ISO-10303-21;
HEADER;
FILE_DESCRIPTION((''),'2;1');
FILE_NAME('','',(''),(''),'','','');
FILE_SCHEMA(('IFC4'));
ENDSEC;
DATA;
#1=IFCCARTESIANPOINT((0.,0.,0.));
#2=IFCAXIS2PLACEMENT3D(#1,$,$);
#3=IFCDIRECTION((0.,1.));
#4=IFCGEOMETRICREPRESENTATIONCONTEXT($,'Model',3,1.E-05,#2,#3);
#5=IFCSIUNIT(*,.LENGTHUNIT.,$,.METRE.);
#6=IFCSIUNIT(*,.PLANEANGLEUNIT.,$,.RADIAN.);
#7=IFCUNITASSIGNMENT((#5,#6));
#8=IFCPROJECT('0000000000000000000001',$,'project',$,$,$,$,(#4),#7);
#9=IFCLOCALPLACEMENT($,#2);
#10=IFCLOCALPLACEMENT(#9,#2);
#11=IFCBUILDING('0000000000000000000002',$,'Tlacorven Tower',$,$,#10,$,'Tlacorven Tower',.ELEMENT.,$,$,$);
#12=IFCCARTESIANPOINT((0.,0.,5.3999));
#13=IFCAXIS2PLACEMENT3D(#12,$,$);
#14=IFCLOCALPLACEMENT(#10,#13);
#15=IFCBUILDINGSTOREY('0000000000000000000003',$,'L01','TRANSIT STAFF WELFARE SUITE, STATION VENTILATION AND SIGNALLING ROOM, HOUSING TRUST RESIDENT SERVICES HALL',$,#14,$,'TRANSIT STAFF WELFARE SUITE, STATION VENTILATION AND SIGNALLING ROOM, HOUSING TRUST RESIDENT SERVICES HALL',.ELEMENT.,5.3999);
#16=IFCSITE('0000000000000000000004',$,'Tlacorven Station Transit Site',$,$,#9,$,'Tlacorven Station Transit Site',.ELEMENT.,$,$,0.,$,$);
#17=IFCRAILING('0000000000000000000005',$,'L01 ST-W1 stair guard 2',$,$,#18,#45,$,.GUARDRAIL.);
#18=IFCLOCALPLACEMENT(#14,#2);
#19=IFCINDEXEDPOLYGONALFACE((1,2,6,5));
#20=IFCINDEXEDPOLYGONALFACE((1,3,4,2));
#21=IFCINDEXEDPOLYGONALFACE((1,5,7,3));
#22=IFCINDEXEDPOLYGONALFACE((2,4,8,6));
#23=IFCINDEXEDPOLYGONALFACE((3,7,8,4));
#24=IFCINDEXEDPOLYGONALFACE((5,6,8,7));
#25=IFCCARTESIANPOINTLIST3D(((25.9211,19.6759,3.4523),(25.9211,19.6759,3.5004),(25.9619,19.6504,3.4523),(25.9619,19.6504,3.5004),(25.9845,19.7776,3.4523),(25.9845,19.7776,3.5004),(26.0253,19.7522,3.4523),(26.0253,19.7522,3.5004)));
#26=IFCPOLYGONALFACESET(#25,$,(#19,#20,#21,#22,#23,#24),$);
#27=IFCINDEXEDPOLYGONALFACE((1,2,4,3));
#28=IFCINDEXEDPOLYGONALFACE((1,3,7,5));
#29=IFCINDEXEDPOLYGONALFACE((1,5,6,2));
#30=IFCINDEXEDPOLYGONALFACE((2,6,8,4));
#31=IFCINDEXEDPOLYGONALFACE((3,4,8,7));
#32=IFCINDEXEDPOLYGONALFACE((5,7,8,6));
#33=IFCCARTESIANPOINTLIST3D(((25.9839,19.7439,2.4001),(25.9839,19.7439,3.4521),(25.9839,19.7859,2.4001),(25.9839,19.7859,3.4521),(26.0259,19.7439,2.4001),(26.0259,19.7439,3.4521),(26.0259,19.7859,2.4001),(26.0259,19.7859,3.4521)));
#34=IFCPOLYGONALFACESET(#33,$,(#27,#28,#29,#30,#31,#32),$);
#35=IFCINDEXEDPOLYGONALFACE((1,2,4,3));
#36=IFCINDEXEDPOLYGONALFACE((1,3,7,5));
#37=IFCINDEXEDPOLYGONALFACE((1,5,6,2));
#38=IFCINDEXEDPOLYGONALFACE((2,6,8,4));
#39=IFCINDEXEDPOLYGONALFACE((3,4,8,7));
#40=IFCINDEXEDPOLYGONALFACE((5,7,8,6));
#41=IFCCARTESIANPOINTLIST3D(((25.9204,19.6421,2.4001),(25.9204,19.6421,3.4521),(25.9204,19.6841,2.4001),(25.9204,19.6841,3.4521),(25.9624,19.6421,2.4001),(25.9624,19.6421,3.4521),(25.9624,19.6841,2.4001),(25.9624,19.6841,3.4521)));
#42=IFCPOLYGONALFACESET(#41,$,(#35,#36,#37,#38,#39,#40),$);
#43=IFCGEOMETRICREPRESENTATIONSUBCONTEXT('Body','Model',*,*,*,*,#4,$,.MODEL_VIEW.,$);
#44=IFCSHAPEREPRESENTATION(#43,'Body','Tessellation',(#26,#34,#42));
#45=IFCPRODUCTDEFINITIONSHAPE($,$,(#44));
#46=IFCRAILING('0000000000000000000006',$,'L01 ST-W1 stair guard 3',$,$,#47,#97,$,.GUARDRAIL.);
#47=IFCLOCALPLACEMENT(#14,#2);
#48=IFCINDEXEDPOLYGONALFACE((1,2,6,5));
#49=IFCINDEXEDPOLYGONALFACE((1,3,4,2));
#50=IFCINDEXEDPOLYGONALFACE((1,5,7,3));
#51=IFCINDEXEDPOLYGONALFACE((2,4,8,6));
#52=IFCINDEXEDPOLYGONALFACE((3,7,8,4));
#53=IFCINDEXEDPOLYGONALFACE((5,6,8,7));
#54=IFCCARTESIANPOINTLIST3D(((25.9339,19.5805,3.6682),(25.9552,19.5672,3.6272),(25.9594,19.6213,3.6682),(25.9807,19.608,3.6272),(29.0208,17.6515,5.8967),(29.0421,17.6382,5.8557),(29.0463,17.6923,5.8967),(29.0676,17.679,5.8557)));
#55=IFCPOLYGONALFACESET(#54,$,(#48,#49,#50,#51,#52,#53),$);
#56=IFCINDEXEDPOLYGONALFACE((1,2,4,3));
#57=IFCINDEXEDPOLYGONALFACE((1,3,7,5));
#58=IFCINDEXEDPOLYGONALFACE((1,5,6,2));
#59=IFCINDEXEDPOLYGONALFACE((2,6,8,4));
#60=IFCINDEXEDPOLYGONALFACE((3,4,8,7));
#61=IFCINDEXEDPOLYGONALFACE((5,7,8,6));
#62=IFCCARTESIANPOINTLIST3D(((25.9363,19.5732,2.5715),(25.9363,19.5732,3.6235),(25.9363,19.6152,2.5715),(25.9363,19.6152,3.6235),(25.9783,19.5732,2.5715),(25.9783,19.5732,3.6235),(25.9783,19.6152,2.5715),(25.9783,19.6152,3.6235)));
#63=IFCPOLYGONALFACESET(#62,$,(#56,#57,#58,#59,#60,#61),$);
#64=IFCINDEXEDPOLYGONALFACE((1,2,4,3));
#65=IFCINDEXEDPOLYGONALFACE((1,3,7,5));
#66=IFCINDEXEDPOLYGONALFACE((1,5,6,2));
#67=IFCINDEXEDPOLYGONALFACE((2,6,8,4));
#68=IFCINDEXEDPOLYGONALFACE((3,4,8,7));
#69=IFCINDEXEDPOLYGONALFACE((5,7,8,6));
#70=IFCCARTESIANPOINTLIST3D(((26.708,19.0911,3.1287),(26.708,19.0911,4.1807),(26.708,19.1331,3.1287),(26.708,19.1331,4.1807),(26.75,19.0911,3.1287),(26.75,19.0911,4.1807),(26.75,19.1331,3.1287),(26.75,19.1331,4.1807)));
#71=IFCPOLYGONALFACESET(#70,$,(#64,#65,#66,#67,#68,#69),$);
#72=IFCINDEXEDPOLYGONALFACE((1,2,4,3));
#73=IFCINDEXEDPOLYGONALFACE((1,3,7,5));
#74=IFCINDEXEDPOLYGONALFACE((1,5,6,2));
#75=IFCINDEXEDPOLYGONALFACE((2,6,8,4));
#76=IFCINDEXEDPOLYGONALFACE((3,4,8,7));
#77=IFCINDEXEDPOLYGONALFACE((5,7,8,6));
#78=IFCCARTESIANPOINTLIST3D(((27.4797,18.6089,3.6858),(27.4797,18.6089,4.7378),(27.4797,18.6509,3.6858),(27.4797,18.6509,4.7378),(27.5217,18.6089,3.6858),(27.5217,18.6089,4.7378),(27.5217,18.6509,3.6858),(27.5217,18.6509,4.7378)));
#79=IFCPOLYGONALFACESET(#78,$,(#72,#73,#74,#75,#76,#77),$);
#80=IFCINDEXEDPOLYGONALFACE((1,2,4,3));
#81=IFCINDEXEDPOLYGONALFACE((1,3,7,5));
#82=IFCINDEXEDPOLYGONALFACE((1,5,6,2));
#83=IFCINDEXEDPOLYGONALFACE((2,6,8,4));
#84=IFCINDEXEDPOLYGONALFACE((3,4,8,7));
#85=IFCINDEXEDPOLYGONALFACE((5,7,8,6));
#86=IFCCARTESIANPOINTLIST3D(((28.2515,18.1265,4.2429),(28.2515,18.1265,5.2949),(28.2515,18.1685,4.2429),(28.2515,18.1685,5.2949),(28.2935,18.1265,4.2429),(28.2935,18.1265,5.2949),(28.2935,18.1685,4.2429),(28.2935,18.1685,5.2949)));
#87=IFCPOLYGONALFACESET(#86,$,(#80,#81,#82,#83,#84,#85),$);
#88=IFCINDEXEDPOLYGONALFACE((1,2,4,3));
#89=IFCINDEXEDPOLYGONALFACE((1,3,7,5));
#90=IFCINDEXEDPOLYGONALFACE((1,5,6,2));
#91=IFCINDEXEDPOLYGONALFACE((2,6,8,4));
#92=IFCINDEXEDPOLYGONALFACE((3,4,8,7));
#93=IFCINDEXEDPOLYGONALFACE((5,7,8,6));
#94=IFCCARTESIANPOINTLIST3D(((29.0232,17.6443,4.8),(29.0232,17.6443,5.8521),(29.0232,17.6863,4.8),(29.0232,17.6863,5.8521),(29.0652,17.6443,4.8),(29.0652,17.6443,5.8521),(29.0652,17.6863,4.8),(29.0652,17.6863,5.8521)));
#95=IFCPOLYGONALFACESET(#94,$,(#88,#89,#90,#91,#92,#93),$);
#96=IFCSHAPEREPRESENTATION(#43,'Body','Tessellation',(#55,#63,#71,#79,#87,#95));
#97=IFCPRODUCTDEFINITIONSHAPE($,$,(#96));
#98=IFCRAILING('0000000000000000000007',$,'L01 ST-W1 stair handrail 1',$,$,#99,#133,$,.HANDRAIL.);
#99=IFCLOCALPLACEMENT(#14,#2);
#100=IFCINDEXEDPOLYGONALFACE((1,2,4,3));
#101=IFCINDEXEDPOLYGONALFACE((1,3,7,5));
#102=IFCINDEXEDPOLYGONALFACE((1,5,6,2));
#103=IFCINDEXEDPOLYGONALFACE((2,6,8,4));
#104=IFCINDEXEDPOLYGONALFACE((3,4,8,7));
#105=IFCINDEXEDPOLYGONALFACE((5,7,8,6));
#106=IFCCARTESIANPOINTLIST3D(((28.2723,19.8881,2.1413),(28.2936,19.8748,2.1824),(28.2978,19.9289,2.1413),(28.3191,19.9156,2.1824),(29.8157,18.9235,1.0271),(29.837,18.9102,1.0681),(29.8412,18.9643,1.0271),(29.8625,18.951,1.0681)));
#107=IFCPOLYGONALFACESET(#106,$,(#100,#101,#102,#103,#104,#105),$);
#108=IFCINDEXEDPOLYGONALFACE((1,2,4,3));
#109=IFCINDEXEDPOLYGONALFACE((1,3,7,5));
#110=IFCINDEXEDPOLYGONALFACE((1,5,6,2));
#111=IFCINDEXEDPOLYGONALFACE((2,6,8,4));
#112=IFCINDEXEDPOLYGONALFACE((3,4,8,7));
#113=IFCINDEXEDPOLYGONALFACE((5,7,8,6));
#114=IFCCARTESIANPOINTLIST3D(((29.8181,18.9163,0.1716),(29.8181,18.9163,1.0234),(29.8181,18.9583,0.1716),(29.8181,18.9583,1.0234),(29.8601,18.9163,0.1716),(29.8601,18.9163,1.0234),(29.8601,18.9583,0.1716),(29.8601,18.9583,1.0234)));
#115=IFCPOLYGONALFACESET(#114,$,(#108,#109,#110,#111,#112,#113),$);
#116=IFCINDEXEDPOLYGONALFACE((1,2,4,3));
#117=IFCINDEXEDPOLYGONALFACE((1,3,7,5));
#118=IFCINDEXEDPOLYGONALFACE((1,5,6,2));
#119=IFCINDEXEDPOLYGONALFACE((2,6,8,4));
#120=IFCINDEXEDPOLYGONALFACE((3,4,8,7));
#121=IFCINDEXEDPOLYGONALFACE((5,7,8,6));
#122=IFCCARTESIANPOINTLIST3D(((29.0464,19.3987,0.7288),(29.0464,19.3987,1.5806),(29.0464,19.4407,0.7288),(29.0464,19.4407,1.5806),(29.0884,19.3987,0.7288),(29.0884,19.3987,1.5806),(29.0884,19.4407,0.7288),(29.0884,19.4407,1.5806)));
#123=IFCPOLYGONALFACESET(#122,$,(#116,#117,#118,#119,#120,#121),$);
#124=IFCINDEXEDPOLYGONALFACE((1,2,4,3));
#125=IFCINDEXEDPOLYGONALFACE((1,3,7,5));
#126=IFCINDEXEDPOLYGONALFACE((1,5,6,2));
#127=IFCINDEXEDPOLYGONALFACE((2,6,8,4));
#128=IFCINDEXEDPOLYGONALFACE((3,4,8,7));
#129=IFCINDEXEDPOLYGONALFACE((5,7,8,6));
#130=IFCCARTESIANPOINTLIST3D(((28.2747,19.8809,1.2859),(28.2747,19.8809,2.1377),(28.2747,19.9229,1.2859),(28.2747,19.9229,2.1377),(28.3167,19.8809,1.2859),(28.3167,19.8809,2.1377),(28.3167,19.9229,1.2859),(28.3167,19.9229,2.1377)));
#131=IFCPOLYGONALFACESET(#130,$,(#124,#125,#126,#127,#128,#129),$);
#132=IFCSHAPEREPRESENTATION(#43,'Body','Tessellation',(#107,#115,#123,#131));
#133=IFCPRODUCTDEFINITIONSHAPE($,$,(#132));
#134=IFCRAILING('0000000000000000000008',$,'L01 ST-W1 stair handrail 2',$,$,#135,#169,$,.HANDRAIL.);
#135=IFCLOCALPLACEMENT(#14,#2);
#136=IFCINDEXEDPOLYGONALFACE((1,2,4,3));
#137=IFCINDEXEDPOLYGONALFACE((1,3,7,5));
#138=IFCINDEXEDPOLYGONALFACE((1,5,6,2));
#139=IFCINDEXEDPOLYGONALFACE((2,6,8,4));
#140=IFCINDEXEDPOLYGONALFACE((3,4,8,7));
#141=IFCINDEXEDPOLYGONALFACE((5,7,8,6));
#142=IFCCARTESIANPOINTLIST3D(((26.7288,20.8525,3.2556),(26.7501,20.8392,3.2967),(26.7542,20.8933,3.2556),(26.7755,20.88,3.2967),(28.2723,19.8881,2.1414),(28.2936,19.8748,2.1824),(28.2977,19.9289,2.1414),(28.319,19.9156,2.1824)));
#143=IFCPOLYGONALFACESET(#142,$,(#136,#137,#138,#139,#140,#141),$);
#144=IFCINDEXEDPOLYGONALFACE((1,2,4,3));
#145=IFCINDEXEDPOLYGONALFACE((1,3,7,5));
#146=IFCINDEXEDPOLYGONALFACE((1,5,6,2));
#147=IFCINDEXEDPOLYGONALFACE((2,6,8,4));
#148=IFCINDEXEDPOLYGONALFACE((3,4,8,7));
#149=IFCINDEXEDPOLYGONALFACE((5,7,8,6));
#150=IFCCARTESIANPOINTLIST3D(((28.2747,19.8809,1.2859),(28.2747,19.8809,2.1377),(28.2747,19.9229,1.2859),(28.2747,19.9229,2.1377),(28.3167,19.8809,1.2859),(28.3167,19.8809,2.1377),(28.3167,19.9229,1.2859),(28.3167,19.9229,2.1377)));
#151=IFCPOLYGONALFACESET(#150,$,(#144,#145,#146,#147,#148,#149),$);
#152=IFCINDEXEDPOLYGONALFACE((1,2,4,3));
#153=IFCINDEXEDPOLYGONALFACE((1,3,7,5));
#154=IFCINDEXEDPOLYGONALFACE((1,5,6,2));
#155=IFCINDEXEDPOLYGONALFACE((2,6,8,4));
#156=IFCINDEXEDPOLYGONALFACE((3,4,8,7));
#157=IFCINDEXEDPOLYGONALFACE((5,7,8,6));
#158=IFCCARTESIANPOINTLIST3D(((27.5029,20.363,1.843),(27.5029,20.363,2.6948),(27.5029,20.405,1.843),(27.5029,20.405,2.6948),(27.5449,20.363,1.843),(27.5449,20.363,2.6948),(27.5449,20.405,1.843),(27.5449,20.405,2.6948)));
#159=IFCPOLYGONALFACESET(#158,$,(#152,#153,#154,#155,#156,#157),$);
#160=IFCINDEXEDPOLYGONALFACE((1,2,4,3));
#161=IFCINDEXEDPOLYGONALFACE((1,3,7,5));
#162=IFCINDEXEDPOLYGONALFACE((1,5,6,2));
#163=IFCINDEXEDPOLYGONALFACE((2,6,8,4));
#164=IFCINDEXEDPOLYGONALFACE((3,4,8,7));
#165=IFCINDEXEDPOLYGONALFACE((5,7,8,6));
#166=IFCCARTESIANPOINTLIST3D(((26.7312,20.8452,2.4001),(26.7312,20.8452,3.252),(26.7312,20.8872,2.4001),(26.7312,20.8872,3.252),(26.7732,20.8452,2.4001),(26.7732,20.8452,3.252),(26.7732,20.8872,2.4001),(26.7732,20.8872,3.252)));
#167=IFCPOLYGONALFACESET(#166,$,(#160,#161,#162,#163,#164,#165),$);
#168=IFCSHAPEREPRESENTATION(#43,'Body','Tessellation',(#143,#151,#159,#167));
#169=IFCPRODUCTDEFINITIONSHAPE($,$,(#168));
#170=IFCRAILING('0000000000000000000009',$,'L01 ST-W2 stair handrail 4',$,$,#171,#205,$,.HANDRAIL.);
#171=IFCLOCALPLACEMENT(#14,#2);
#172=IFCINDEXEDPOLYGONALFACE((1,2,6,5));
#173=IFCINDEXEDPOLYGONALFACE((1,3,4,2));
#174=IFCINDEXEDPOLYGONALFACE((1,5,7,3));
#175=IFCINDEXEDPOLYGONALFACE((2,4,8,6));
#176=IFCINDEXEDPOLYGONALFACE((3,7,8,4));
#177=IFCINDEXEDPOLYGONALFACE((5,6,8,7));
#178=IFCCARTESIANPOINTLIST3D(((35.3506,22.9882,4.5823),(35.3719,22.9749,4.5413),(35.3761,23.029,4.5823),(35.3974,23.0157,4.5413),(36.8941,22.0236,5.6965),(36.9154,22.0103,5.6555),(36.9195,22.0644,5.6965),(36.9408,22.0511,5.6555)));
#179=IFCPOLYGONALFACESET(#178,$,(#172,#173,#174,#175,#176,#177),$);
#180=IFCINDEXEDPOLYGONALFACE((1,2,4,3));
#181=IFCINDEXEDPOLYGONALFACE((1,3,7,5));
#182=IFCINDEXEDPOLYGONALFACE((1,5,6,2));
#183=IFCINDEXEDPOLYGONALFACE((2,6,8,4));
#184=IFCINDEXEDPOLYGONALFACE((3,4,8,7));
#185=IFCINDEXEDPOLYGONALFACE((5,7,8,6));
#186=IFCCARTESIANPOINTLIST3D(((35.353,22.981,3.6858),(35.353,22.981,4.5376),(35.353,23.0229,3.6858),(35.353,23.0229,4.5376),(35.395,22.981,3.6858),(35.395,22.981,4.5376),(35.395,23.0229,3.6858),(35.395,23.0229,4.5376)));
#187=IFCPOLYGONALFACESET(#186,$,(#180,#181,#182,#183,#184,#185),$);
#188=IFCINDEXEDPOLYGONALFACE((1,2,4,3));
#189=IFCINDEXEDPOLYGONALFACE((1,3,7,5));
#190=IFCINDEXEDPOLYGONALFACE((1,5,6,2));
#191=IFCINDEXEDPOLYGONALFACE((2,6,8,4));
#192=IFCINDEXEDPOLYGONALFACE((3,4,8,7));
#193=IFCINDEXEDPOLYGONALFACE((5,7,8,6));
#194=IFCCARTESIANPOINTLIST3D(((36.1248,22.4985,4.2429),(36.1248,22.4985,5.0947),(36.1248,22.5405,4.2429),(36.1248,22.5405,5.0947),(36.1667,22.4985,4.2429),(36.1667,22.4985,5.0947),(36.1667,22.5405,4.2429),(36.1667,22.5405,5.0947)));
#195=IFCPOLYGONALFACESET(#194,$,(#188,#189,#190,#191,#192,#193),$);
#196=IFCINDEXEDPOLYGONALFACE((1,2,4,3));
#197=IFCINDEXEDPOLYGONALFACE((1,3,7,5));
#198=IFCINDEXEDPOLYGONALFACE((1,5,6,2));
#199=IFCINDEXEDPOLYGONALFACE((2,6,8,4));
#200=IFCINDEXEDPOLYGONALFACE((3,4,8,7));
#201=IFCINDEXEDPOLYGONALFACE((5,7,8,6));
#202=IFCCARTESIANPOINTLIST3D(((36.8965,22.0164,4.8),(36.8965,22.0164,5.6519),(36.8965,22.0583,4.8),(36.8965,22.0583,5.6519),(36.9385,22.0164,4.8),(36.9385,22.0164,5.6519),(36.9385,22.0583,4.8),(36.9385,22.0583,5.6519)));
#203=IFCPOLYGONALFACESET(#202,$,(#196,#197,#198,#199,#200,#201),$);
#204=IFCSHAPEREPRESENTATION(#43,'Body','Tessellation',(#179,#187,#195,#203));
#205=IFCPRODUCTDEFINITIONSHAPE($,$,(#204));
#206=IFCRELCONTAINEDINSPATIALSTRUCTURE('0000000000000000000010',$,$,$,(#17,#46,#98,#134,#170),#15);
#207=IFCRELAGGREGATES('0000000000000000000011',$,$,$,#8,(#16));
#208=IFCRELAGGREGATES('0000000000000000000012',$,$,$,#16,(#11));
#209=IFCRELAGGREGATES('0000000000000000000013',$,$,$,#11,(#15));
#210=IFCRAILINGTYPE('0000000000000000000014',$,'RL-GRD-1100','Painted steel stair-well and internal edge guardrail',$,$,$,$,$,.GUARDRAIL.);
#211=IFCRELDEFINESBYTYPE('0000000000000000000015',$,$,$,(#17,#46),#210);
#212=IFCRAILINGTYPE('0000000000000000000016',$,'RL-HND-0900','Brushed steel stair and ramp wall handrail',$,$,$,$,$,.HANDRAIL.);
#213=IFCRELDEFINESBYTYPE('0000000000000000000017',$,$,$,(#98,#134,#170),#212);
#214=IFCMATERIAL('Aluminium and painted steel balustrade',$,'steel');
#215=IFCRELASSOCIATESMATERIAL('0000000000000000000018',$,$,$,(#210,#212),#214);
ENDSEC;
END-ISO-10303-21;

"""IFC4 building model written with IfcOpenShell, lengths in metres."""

from ifc_helpers import new_model, si_unit, direction, frame, origin, origin_2d, place, context, subcontext, project, spatial, rectangle, extrude, source, transform, mapped, material, type_object, element, save


model = new_model("IFC4")

# Units and contexts
model_context = context("Model", 3, precision=1e-05, world=origin(), true_north=direction((0.0, 1.0)))
body_context = subcontext(model_context, "Body", "Model", "MODEL_VIEW")
ifc_project = project(units=[si_unit("LENGTHUNIT", "METRE"), si_unit("PLANEANGLEUNIT", "RADIAN")], contexts=[model_context])

# Site, building, storey
site_placement = place(None, origin())
site = spatial("IfcSite", under=ifc_project, at=site_placement, Name="Tlacorven Station Transit Site", LongName="Tlacorven Station Transit Site", CompositionType="ELEMENT", RefElevation=0.0)
building_placement = place(site_placement, origin())
building = spatial("IfcBuilding", under=site, at=building_placement, Name="Tlacorven Tower", LongName="Tlacorven Tower", CompositionType="ELEMENT")
storey_placement = place(building_placement, frame((0.0, 0.0, 5.3999)))
storey = spatial("IfcBuildingStorey", under=building, at=storey_placement, Name="L01", Description="TRANSIT STAFF WELFARE SUITE, STATION VENTILATION AND SIGNALLING ROOM, HOUSING TRUST RESIDENT SERVICES HALL", LongName="TRANSIT STAFF WELFARE SUITE, STATION VENTILATION AND SIGNALLING ROOM, HOUSING TRUST RESIDENT SERVICES HALL", CompositionType="ELEMENT", Elevation=5.3999)

# Railings
ifc_material_1 = material(Name="Aluminium and painted steel balustrade", Category="steel")
railing_type_1 = type_object("IfcRailingType", Name="RL-GRD-1100", Description="Painted steel stair-well and internal edge guardrail", PredefinedType="GUARDRAIL", material=ifc_material_1)
shared_shape_1 = source(origin(), body_context, "Body", "SweptSolid", [
    extrude(rectangle(XDim=0.0481, YDim=0.0481, at=origin_2d()), frame((0.0, 0.0, 1.0762), z_axis=(-0.529084, -0.848569, 0.0), x_axis=(0.848569, -0.529084, 0.0)), (0.0, 0.0, 1.0), 0.1199),
    extrude(rectangle(XDim=0.042, YDim=0.042, at=origin_2d()), origin(), (0.0, 0.0, 1.0), 1.052),
    extrude(rectangle(XDim=0.042, YDim=0.042, at=origin_2d()), frame((-0.0635, -0.1018, 0.0)), (0.0, 0.0, 1.0), 1.052),
])
railing_1_placement = place(storey_placement, frame((26.0049, 19.7649, 2.4001)))
element("IfcRailing", 1, at=railing_1_placement, inside=storey, type_object=railing_type_1, Name="L01 ST-W1 stair guard 2", PredefinedType="GUARDRAIL", context=body_context, shape_type="MappedRepresentation", body=[
    mapped(shared_shape_1, transform((0.0, 0.0, 0.0), scale=1.0)),
])
shared_shape_2 = source(origin(), body_context, "Body", "SweptSolid", [
    extrude(rectangle(XDim=0.0481, YDim=0.0481, at=origin_2d()), frame((0.0, 0.0, 1.0762), z_axis=(0.723262, -0.451953, 0.52214), x_axis=(0.529927, 0.848044, 0.0)), (0.0, 0.0, 1.0), 4.2681),
    extrude(rectangle(XDim=0.042, YDim=0.042, at=origin_2d()), origin(), (0.0, 0.0, 1.0), 1.052),
    extrude(rectangle(XDim=0.042, YDim=0.042, at=origin_2d()), frame((0.7717, -0.4822, 0.5571)), (0.0, 0.0, 1.0), 1.052),
    extrude(rectangle(XDim=0.042, YDim=0.042, at=origin_2d()), frame((1.5435, -0.9644, 1.1143)), (0.0, 0.0, 1.0), 1.052),
    extrude(rectangle(XDim=0.042, YDim=0.042, at=origin_2d()), frame((2.3152, -1.4468, 1.6714)), (0.0, 0.0, 1.0), 1.052),
    extrude(rectangle(XDim=0.042, YDim=0.042, at=origin_2d()), frame((3.0869, -1.929, 2.2285)), (0.0, 0.0, 1.0), 1.052),
])
railing_2_placement = place(storey_placement, frame((25.9573, 19.5942, 2.5715)))
element("IfcRailing", 2, at=railing_2_placement, inside=storey, type_object=railing_type_1, Name="L01 ST-W1 stair guard 3", PredefinedType="GUARDRAIL", context=body_context, shape_type="MappedRepresentation", body=[
    mapped(shared_shape_2, transform((0.0, 0.0, 0.0), scale=1.0)),
])
railing_type_2 = type_object("IfcRailingType", Name="RL-HND-0900", Description="Brushed steel stair and ramp wall handrail", PredefinedType="HANDRAIL", material=ifc_material_1)
shared_shape_3 = source(origin(), body_context, "Body", "SweptSolid", [
    extrude(rectangle(XDim=0.0481, YDim=0.0481, at=origin_2d()), frame((0.0, 0.0, 0.876), z_axis=(-0.723244, 0.451999, 0.522126), x_axis=(-0.529975, -0.848013, 0.0)), (0.0, 0.0, 1.0), 2.134),
    extrude(rectangle(XDim=0.042, YDim=0.042, at=origin_2d()), origin(), (0.0, 0.0, 1.0), 0.8518),
    extrude(rectangle(XDim=0.042, YDim=0.042, at=origin_2d()), frame((-0.7717, 0.4824, 0.5571)), (0.0, 0.0, 1.0), 0.8518),
    extrude(rectangle(XDim=0.042, YDim=0.042, at=origin_2d()), frame((-1.5435, 0.9646, 1.1143)), (0.0, 0.0, 1.0), 0.8518),
])
railing_3_placement = place(storey_placement, frame((29.8391, 18.9373, 0.1716)))
element("IfcRailing", 3, at=railing_3_placement, inside=storey, type_object=railing_type_2, Name="L01 ST-W1 stair handrail 1", PredefinedType="HANDRAIL", context=body_context, shape_type="MappedRepresentation", body=[
    mapped(shared_shape_3, transform((0.0, 0.0, 0.0), scale=1.0)),
])
shared_shape_4 = source(origin(), body_context, "Body", "SweptSolid", [
    extrude(rectangle(XDim=0.0481, YDim=0.0481, at=origin_2d()), frame((0.0, 0.0, 0.876), z_axis=(-0.723281, 0.451908, 0.522153), x_axis=(-0.529878, -0.848074, 0.0)), (0.0, 0.0, 1.0), 2.134),
    extrude(rectangle(XDim=0.042, YDim=0.042, at=origin_2d()), origin(), (0.0, 0.0, 1.0), 0.8518),
    extrude(rectangle(XDim=0.042, YDim=0.042, at=origin_2d()), frame((-0.7717, 0.4822, 0.5571)), (0.0, 0.0, 1.0), 0.8518),
    extrude(rectangle(XDim=0.042, YDim=0.042, at=origin_2d()), frame((-1.5435, 0.9644, 1.1143)), (0.0, 0.0, 1.0), 0.8518),
])
railing_4_placement = place(storey_placement, frame((28.2957, 19.9019, 1.2859)))
element("IfcRailing", 4, at=railing_4_placement, inside=storey, type_object=railing_type_2, Name="L01 ST-W1 stair handrail 2", PredefinedType="HANDRAIL", context=body_context, shape_type="MappedRepresentation", body=[
    mapped(shared_shape_4, transform((0.0, 0.0, 0.0), scale=1.0)),
])
shared_shape_5 = source(origin(), body_context, "Body", "SweptSolid", [
    extrude(rectangle(XDim=0.0481, YDim=0.0481, at=origin_2d()), frame((0.0, 0.0, 0.876), z_axis=(0.723244, -0.451999, 0.522126), x_axis=(0.529975, 0.848013, 0.0)), (0.0, 0.0, 1.0), 2.134),
    extrude(rectangle(XDim=0.042, YDim=0.042, at=origin_2d()), origin(), (0.0, 0.0, 1.0), 0.8518),
    extrude(rectangle(XDim=0.042, YDim=0.042, at=origin_2d()), frame((0.7717, -0.4824, 0.5571)), (0.0, 0.0, 1.0), 0.8518),
    extrude(rectangle(XDim=0.042, YDim=0.042, at=origin_2d()), frame((1.5435, -0.9646, 1.1143)), (0.0, 0.0, 1.0), 0.8518),
])
railing_5_placement = place(storey_placement, frame((35.374, 23.002, 3.6858)))
element("IfcRailing", 5, at=railing_5_placement, inside=storey, type_object=railing_type_2, Name="L01 ST-W2 stair handrail 4", PredefinedType="HANDRAIL", context=body_context, shape_type="MappedRepresentation", body=[
    mapped(shared_shape_5, transform((0.0, 0.0, 0.0), scale=1.0)),
])

save(model, "model.ifc")
